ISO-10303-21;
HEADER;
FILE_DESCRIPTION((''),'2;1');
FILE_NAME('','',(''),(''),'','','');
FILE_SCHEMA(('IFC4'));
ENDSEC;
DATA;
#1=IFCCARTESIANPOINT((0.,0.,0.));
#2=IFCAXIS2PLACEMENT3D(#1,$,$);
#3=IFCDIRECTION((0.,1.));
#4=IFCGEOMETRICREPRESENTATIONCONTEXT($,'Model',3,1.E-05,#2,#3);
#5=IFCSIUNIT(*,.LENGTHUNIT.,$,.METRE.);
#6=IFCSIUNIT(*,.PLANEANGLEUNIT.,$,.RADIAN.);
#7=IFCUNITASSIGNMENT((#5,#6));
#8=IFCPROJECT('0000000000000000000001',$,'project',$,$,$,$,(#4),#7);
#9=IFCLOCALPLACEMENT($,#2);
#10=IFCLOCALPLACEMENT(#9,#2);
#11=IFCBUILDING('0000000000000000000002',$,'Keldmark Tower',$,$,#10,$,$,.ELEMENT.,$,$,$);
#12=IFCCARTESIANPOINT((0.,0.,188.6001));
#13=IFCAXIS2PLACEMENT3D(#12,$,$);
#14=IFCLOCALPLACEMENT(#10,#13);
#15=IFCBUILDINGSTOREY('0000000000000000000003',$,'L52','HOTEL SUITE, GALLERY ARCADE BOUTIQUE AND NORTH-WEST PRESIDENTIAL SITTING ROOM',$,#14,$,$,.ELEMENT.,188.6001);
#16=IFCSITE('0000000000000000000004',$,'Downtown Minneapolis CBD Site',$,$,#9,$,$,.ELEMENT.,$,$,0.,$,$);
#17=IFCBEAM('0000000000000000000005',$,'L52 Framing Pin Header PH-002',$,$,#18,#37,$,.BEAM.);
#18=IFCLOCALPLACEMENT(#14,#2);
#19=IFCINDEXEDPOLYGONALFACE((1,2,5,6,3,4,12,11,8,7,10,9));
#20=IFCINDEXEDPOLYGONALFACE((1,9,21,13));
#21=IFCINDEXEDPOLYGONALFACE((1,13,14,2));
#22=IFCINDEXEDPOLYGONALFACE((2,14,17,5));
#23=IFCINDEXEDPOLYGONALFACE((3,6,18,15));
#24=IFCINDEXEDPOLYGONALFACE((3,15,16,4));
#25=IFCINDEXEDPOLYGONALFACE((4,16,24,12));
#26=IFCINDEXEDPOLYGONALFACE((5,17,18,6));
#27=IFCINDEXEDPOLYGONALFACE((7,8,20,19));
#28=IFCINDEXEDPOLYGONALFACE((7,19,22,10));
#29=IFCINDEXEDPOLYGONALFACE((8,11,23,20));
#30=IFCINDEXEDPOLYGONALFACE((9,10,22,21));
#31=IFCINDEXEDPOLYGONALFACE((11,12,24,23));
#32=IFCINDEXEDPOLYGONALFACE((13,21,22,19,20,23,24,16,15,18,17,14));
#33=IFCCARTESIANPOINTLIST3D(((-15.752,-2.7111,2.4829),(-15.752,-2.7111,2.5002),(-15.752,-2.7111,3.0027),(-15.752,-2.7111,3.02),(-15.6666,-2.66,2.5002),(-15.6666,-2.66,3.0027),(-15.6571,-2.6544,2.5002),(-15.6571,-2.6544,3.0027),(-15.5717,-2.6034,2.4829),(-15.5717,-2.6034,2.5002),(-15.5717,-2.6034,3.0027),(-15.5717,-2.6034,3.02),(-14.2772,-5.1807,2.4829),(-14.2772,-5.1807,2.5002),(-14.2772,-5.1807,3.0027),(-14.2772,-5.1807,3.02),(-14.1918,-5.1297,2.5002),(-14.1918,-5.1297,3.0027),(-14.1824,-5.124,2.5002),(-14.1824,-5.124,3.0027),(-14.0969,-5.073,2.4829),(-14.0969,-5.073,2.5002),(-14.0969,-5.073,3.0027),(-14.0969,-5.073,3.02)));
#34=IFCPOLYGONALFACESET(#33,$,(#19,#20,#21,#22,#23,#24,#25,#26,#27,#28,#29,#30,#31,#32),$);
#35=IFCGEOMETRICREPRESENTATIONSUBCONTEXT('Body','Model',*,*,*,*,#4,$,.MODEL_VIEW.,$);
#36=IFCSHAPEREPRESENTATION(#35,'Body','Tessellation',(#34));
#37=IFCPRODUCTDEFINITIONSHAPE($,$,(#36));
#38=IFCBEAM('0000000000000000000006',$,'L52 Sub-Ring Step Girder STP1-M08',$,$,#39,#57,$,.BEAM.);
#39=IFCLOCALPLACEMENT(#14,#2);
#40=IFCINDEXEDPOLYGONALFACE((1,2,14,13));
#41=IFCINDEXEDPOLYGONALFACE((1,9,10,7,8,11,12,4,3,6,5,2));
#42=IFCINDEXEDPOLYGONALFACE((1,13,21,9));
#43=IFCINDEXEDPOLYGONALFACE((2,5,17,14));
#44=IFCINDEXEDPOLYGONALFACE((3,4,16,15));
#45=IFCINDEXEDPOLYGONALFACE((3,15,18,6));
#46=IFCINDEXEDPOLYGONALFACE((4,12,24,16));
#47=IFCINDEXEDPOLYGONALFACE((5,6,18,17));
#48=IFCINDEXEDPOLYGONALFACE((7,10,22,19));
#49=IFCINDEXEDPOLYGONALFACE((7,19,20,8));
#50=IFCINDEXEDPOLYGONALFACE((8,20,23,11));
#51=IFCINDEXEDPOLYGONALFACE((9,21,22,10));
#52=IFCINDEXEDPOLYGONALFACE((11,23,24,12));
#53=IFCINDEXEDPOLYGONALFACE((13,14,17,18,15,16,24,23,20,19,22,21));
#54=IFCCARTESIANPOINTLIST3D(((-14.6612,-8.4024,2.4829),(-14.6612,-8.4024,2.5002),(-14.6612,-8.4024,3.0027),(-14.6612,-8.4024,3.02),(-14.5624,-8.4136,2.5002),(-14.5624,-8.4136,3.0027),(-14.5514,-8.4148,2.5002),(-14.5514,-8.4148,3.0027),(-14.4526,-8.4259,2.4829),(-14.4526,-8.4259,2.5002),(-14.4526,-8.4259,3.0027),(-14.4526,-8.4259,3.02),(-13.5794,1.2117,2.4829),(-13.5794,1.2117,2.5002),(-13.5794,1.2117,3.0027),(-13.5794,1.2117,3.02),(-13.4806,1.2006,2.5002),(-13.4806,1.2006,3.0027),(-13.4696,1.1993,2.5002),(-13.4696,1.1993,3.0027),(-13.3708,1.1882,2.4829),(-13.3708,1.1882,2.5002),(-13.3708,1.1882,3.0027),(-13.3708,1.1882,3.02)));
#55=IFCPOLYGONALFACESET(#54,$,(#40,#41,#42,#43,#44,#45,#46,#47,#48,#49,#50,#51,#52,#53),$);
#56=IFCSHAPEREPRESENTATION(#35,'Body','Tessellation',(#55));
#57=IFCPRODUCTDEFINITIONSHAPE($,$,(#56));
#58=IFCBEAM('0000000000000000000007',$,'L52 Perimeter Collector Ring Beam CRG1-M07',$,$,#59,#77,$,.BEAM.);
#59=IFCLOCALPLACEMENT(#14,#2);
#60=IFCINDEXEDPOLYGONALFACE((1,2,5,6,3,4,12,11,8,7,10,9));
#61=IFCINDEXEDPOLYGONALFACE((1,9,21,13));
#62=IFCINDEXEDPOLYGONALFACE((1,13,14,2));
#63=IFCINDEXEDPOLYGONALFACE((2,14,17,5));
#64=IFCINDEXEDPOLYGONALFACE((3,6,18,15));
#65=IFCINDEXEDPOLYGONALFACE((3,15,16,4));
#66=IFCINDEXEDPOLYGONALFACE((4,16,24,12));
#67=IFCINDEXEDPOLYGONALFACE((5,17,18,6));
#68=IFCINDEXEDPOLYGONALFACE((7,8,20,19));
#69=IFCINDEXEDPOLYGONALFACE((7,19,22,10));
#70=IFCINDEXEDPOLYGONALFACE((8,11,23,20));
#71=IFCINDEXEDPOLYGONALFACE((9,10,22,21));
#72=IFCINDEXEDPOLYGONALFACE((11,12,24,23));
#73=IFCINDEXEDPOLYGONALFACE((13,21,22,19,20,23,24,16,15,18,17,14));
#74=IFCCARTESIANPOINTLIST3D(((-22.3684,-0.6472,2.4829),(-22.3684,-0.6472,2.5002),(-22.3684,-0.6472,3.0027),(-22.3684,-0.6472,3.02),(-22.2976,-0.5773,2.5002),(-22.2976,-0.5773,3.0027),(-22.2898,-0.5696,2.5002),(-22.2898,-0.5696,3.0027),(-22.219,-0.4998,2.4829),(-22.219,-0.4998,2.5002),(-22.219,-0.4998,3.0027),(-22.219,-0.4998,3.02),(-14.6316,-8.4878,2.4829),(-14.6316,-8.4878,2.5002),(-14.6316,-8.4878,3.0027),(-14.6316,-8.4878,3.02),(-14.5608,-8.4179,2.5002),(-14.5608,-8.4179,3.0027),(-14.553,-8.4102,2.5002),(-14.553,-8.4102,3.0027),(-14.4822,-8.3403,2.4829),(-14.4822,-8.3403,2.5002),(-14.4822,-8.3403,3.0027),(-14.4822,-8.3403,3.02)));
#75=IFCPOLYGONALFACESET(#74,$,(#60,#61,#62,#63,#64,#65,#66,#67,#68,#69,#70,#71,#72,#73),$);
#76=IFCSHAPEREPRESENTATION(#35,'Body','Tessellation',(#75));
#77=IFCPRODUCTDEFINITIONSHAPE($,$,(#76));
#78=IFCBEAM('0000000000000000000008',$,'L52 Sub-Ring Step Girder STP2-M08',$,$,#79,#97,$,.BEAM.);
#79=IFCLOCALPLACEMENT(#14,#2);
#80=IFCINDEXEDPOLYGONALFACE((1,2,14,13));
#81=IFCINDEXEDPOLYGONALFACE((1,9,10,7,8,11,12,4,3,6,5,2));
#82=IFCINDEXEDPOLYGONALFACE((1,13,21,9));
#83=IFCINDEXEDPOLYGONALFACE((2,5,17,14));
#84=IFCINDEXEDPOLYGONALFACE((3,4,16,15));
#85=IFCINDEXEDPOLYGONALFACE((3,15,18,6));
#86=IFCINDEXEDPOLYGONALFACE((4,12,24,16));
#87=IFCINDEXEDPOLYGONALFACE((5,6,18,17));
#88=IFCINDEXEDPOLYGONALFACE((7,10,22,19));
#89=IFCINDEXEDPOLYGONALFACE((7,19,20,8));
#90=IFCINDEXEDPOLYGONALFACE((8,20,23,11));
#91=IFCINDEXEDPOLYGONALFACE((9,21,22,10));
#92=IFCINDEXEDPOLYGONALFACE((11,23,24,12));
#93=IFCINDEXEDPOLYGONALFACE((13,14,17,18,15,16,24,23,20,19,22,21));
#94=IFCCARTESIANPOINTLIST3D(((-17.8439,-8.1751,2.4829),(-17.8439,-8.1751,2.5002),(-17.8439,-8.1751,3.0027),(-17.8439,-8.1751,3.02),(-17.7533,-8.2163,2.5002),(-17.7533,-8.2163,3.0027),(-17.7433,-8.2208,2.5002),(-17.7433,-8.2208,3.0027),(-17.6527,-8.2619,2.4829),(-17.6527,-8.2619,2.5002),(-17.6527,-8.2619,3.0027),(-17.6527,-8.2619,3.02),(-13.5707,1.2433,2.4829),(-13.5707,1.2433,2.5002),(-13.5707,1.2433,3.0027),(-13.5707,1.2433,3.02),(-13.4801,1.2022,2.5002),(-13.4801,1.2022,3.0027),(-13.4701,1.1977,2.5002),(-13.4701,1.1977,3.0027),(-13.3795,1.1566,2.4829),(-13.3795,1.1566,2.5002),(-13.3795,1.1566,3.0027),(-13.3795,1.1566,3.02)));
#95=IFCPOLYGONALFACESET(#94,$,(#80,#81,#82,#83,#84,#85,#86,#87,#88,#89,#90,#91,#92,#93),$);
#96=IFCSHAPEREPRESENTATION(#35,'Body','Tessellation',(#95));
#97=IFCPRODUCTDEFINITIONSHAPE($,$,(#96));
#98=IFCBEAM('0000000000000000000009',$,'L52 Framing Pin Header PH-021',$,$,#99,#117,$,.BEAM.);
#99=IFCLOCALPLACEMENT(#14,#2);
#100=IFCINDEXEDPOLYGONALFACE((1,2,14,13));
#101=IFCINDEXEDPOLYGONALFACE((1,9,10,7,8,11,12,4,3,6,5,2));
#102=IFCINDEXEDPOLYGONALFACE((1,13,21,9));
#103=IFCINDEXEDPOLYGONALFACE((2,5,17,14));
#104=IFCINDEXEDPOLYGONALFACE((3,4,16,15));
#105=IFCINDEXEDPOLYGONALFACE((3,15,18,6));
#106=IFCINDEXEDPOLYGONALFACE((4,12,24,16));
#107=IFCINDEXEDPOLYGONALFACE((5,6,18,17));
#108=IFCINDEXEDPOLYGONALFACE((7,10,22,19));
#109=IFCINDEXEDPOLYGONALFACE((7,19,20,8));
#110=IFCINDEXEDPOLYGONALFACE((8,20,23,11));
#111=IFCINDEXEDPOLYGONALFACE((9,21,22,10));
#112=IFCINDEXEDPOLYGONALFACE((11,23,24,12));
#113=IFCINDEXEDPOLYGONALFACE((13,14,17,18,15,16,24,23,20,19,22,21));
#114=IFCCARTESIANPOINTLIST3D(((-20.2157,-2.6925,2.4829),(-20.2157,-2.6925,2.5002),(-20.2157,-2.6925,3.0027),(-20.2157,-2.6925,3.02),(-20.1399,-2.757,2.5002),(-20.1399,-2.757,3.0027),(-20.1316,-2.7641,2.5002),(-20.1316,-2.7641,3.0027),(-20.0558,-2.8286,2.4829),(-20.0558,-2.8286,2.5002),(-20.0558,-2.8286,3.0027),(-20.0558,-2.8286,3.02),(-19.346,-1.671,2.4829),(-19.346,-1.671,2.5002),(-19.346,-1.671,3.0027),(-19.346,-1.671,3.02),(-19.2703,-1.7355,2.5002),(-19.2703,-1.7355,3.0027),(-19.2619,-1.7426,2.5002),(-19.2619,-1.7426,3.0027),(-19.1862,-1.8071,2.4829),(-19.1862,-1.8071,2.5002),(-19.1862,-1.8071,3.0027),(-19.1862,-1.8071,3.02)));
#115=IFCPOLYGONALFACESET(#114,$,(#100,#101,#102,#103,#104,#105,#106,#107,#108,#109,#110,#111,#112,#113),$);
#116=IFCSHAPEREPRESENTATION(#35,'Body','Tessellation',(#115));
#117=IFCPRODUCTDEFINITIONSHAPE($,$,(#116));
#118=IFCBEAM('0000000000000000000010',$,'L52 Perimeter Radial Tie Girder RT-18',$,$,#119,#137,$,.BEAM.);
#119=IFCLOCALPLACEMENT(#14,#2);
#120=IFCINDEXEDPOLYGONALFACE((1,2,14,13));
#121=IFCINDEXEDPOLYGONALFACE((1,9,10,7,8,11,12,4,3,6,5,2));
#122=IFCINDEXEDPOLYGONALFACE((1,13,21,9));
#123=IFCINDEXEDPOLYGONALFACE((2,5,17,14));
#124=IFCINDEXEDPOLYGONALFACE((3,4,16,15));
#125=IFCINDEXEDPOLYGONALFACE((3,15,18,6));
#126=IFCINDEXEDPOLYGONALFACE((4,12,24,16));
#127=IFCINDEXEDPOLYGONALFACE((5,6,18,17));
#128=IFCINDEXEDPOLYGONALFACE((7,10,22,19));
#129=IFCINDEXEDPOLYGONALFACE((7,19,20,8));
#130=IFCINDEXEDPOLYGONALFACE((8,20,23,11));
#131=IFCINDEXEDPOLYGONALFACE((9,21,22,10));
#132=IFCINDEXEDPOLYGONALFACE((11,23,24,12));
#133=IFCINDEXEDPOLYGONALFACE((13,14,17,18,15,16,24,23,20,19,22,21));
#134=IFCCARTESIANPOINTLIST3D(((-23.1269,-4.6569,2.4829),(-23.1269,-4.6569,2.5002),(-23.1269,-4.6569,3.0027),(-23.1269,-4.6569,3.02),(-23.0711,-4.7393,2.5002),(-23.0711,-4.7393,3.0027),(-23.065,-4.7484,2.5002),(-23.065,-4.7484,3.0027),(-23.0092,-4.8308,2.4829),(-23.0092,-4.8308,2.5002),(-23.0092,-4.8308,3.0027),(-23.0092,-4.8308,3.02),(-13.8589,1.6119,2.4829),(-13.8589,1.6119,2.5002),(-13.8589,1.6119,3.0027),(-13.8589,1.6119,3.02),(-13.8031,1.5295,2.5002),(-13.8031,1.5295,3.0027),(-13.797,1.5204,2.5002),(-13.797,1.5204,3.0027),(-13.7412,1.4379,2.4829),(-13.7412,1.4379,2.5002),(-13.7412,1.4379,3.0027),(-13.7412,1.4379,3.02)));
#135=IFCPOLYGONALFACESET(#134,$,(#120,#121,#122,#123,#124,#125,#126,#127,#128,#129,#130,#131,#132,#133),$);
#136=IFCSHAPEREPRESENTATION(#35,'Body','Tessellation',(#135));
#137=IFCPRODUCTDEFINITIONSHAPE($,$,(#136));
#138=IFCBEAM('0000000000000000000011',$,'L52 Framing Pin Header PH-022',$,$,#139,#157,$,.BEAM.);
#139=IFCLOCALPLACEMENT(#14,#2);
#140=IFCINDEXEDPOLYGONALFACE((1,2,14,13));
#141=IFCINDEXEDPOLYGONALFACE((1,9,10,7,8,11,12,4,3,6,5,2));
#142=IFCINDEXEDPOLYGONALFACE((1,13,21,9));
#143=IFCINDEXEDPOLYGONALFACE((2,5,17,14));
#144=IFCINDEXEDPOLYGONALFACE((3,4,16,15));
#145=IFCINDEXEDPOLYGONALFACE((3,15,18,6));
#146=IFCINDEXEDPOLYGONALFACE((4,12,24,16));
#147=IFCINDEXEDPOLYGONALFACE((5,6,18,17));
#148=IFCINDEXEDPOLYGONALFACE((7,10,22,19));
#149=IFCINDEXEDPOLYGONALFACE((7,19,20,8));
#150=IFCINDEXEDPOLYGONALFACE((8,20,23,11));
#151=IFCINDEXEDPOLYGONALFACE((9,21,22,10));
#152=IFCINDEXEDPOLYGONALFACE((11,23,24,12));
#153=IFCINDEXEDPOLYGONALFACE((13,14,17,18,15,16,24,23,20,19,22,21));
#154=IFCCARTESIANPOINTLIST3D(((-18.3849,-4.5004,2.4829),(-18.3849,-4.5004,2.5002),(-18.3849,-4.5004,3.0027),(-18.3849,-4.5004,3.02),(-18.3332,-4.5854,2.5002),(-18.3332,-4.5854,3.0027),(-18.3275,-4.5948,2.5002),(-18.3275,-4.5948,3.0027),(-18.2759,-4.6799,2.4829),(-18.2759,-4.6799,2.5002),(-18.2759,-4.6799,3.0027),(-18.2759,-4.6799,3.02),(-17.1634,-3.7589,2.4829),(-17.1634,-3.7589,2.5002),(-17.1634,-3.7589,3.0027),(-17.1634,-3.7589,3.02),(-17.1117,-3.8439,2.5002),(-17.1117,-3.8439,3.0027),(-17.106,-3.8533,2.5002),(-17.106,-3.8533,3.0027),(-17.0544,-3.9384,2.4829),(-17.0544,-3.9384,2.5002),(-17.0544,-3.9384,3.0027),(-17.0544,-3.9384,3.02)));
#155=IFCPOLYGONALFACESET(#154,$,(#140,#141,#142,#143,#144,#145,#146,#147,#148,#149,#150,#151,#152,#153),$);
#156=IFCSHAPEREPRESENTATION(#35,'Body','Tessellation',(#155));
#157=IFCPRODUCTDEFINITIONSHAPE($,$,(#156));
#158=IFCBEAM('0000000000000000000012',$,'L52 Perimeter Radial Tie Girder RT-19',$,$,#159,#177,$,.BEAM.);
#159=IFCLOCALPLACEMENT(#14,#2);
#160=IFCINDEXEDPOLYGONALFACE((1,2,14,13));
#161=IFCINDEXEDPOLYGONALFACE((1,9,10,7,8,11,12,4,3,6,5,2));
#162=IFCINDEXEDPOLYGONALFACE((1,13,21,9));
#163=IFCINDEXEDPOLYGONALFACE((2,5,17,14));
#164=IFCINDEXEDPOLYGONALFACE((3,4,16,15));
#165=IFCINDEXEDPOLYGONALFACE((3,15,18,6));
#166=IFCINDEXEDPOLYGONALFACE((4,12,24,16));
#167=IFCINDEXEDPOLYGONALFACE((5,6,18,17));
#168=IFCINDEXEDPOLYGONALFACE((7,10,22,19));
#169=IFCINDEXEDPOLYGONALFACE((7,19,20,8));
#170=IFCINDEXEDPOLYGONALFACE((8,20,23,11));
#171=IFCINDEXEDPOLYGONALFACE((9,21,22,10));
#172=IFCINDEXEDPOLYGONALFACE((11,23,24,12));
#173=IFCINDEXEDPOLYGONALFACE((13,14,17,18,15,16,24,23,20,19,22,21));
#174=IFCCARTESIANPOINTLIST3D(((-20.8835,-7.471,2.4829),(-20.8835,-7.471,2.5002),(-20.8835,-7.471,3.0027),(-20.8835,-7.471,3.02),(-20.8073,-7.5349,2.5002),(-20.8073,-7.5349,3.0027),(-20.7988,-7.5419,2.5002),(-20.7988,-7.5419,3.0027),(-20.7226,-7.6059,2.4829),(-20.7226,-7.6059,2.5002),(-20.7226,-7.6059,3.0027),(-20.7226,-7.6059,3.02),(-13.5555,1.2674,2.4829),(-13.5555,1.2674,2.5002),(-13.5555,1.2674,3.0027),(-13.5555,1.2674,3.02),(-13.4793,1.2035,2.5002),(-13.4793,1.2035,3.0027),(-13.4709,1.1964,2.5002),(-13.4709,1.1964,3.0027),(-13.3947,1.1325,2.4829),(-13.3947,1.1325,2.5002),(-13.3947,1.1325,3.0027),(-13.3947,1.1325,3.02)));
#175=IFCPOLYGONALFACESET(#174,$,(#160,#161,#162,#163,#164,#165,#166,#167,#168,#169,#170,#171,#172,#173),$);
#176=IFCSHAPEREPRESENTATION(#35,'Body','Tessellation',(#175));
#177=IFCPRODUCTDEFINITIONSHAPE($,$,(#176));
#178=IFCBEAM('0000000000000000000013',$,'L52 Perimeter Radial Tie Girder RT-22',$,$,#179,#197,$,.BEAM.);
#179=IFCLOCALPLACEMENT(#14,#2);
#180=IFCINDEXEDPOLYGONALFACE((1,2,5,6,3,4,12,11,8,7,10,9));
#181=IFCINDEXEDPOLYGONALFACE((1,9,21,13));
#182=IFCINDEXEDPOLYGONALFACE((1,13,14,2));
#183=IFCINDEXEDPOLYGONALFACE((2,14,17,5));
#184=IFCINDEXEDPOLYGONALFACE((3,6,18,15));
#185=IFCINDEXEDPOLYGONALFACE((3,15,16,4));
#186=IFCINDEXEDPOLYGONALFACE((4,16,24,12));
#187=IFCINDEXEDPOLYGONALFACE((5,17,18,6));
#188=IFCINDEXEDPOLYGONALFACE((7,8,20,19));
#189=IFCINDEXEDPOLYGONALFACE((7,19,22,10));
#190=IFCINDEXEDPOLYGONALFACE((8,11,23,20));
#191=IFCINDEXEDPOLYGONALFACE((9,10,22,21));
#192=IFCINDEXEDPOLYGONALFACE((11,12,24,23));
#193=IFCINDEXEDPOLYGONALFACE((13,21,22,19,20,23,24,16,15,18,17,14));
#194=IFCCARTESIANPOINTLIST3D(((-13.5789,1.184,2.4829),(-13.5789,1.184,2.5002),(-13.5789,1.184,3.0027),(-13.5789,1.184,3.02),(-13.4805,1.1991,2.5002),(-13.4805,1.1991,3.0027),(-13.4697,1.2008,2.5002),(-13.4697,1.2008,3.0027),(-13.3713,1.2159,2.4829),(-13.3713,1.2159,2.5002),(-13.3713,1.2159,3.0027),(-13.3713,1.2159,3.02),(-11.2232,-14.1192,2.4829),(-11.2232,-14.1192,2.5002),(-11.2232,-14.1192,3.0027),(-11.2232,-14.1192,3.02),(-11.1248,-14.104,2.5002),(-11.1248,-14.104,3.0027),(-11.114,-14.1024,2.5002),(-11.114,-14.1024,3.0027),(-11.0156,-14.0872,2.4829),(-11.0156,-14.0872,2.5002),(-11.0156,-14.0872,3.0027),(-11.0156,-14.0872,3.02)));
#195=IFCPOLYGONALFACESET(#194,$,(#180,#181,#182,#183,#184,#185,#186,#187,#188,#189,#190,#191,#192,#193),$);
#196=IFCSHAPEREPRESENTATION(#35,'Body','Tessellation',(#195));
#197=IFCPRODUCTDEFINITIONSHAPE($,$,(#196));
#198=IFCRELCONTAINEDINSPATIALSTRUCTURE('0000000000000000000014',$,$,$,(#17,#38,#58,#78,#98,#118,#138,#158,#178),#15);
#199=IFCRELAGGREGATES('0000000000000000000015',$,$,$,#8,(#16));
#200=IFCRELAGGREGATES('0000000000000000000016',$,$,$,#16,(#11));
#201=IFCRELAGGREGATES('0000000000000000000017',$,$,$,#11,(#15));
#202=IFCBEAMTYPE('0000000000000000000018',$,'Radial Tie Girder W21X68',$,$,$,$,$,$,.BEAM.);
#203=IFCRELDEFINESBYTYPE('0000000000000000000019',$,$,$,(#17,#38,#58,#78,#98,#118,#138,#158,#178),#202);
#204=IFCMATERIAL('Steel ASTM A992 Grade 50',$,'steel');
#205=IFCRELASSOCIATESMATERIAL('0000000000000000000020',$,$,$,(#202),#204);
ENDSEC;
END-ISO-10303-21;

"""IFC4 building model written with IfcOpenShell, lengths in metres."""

from ifc_helpers import new_model, si_unit, direction, frame, origin, origin_2d, place, context, subcontext, project, spatial, i_section, extrude, material, material_profile, profile_set, type_object, element, save


model = new_model("IFC4")

# Units and contexts
model_context = context("Model", 3, precision=1e-05, world=origin(), true_north=direction((0.0, 1.0)))
body_context = subcontext(model_context, "Body", "Model", "MODEL_VIEW")
ifc_project = project(units=[si_unit("LENGTHUNIT", "METRE"), si_unit("PLANEANGLEUNIT", "RADIAN")], contexts=[model_context])

# Site, building, storey
site_placement = place(None, origin())
site = spatial("IfcSite", under=ifc_project, at=site_placement, Name="Downtown Minneapolis CBD Site", CompositionType="ELEMENT", RefElevation=0.0)
building_placement = place(site_placement, origin())
building = spatial("IfcBuilding", under=site, at=building_placement, Name="Keldmark Tower", CompositionType="ELEMENT")
storey_placement = place(building_placement, frame((0.0, 0.0, 188.6001)))
storey = spatial("IfcBuildingStorey", under=building, at=storey_placement, Name="L52", Description="HOTEL SUITE, GALLERY ARCADE BOUTIQUE AND NORTH-WEST PRESIDENTIAL SITTING ROOM", CompositionType="ELEMENT", Elevation=188.6001)

# Beams
ifc_material_1 = material(Name="Steel ASTM A992 Grade 50", Category="steel")
ifc_material_profile_1 = material_profile(ifc_material_1, i_section(OverallWidth=0.21, OverallDepth=0.5371, WebThickness=0.011, FlangeThickness=0.0173, at=origin_2d()), Name="W21X68")
ifc_profile_set_1 = profile_set([ifc_material_profile_1], Name="Steel ASTM A992 Grade 50")
beam_type_1 = type_object("IfcBeamType", Name="Radial Tie Girder W21X68", PredefinedType="BEAM", material=ifc_profile_set_1)
beam_1_placement = place(storey_placement, frame((-15.6619, -2.6572, 2.7515), z_axis=(0.51271, -0.858562, 0.0), x_axis=(0.858562, 0.51271, 0.0)))
element("IfcBeam", 1, at=beam_1_placement, inside=storey, type_object=beam_type_1, Name="L52 Framing Pin Header PH-002", PredefinedType="BEAM", context=body_context, shape_type="SweptSolid", body=[
    extrude(i_section(OverallWidth=0.21, OverallDepth=0.5371, WebThickness=0.011, FlangeThickness=0.0173, at=origin_2d()), origin(), (0.0, 0.0, 1.0), 2.8765),
])
beam_2_placement = place(storey_placement, frame((-13.4751, 1.2, 2.7515), z_axis=(-0.111816, -0.993729, 0.0), x_axis=(0.993729, -0.111816, 0.0)))
element("IfcBeam", 2, at=beam_2_placement, inside=storey, type_object=beam_type_1, Name="L52 Sub-Ring Step Girder STP1-M08", PredefinedType="BEAM", context=body_context, shape_type="SweptSolid", body=[
    extrude(i_section(OverallWidth=0.21, OverallDepth=0.5371, WebThickness=0.011, FlangeThickness=0.0173, at=origin_2d()), origin(), (0.0, 0.0, 1.0), 9.6748),
])
beam_3_placement = place(storey_placement, frame((-22.2937, -0.5735, 2.7515), z_axis=(0.702381, -0.711801, 0.0), x_axis=(0.711801, 0.702381, 0.0)))
element("IfcBeam", 3, at=beam_3_placement, inside=storey, type_object=beam_type_1, Name="L52 Perimeter Collector Ring Beam CRG1-M07", PredefinedType="BEAM", context=body_context, shape_type="SweptSolid", body=[
    extrude(i_section(OverallWidth=0.21, OverallDepth=0.5371, WebThickness=0.011, FlangeThickness=0.0173, at=origin_2d()), origin(), (0.0, 0.0, 1.0), 11.0151),
])
beam_4_placement = place(storey_placement, frame((-13.4751, 1.2, 2.7515), z_axis=(-0.413168, -0.910655, 0.0), x_axis=(0.910655, -0.413168, 0.0)))
element("IfcBeam", 4, at=beam_4_placement, inside=storey, type_object=beam_type_1, Name="L52 Sub-Ring Step Girder STP2-M08", PredefinedType="BEAM", context=body_context, shape_type="SweptSolid", body=[
    extrude(i_section(OverallWidth=0.21, OverallDepth=0.5371, WebThickness=0.011, FlangeThickness=0.0173, at=origin_2d()), origin(), (0.0, 0.0, 1.0), 10.3425),
])
beam_5_placement = place(storey_placement, frame((-19.2661, -1.739, 2.7515), z_axis=(-0.64824, -0.761436, 0.0), x_axis=(0.761436, -0.64824, 0.0)))
element("IfcBeam", 5, at=beam_5_placement, inside=storey, type_object=beam_type_1, Name="L52 Framing Pin Header PH-021", PredefinedType="BEAM", context=body_context, shape_type="SweptSolid", body=[
    extrude(i_section(OverallWidth=0.21, OverallDepth=0.5371, WebThickness=0.011, FlangeThickness=0.0173, at=origin_2d()), origin(), (0.0, 0.0, 1.0), 1.3416),
])
beam_6_placement = place(storey_placement, frame((-13.8, 1.5249, 2.7515), z_axis=(-0.828316, -0.560262, 0.0), x_axis=(0.560262, -0.828316, 0.0)))
element("IfcBeam", 6, at=beam_6_placement, inside=storey, type_object=beam_type_1, Name="L52 Perimeter Radial Tie Girder RT-18", PredefinedType="BEAM", context=body_context, shape_type="SweptSolid", body=[
    extrude(i_section(OverallWidth=0.21, OverallDepth=0.5371, WebThickness=0.011, FlangeThickness=0.0173, at=origin_2d()), origin(), (0.0, 0.0, 1.0), 11.189),
])
beam_7_placement = place(storey_placement, frame((-17.1089, -3.8486, 2.7515), z_axis=(-0.854828, -0.518911, 0.0), x_axis=(0.518911, -0.854828, 0.0)))
element("IfcBeam", 7, at=beam_7_placement, inside=storey, type_object=beam_type_1, Name="L52 Framing Pin Header PH-022", PredefinedType="BEAM", context=body_context, shape_type="SweptSolid", body=[
    extrude(i_section(OverallWidth=0.21, OverallDepth=0.5371, WebThickness=0.011, FlangeThickness=0.0173, at=origin_2d()), origin(), (0.0, 0.0, 1.0), 1.429),
])
beam_8_placement = place(storey_placement, frame((-13.4751, 1.2, 2.7515), z_axis=(-0.642561, -0.766235, 0.0), x_axis=(0.766235, -0.642561, 0.0)))
element("IfcBeam", 8, at=beam_8_placement, inside=storey, type_object=beam_type_1, Name="L52 Perimeter Radial Tie Girder RT-19", PredefinedType="BEAM", context=body_context, shape_type="SweptSolid", body=[
    extrude(i_section(OverallWidth=0.21, OverallDepth=0.5371, WebThickness=0.011, FlangeThickness=0.0173, at=origin_2d()), origin(), (0.0, 0.0, 1.0), 11.4043),
])
beam_9_placement = place(storey_placement, frame((-13.4751, 1.2, 2.7515), z_axis=(0.152144, -0.988358, 0.0), x_axis=(0.988358, 0.152144, 0.0)))
element("IfcBeam", 9, at=beam_9_placement, inside=storey, type_object=beam_type_1, Name="L52 Perimeter Radial Tie Girder RT-22", PredefinedType="BEAM", context=body_context, shape_type="SweptSolid", body=[
    extrude(i_section(OverallWidth=0.21, OverallDepth=0.5371, WebThickness=0.011, FlangeThickness=0.0173, at=origin_2d()), origin(), (0.0, 0.0, 1.0), 15.4834),
])

save(model, "model.ifc")
